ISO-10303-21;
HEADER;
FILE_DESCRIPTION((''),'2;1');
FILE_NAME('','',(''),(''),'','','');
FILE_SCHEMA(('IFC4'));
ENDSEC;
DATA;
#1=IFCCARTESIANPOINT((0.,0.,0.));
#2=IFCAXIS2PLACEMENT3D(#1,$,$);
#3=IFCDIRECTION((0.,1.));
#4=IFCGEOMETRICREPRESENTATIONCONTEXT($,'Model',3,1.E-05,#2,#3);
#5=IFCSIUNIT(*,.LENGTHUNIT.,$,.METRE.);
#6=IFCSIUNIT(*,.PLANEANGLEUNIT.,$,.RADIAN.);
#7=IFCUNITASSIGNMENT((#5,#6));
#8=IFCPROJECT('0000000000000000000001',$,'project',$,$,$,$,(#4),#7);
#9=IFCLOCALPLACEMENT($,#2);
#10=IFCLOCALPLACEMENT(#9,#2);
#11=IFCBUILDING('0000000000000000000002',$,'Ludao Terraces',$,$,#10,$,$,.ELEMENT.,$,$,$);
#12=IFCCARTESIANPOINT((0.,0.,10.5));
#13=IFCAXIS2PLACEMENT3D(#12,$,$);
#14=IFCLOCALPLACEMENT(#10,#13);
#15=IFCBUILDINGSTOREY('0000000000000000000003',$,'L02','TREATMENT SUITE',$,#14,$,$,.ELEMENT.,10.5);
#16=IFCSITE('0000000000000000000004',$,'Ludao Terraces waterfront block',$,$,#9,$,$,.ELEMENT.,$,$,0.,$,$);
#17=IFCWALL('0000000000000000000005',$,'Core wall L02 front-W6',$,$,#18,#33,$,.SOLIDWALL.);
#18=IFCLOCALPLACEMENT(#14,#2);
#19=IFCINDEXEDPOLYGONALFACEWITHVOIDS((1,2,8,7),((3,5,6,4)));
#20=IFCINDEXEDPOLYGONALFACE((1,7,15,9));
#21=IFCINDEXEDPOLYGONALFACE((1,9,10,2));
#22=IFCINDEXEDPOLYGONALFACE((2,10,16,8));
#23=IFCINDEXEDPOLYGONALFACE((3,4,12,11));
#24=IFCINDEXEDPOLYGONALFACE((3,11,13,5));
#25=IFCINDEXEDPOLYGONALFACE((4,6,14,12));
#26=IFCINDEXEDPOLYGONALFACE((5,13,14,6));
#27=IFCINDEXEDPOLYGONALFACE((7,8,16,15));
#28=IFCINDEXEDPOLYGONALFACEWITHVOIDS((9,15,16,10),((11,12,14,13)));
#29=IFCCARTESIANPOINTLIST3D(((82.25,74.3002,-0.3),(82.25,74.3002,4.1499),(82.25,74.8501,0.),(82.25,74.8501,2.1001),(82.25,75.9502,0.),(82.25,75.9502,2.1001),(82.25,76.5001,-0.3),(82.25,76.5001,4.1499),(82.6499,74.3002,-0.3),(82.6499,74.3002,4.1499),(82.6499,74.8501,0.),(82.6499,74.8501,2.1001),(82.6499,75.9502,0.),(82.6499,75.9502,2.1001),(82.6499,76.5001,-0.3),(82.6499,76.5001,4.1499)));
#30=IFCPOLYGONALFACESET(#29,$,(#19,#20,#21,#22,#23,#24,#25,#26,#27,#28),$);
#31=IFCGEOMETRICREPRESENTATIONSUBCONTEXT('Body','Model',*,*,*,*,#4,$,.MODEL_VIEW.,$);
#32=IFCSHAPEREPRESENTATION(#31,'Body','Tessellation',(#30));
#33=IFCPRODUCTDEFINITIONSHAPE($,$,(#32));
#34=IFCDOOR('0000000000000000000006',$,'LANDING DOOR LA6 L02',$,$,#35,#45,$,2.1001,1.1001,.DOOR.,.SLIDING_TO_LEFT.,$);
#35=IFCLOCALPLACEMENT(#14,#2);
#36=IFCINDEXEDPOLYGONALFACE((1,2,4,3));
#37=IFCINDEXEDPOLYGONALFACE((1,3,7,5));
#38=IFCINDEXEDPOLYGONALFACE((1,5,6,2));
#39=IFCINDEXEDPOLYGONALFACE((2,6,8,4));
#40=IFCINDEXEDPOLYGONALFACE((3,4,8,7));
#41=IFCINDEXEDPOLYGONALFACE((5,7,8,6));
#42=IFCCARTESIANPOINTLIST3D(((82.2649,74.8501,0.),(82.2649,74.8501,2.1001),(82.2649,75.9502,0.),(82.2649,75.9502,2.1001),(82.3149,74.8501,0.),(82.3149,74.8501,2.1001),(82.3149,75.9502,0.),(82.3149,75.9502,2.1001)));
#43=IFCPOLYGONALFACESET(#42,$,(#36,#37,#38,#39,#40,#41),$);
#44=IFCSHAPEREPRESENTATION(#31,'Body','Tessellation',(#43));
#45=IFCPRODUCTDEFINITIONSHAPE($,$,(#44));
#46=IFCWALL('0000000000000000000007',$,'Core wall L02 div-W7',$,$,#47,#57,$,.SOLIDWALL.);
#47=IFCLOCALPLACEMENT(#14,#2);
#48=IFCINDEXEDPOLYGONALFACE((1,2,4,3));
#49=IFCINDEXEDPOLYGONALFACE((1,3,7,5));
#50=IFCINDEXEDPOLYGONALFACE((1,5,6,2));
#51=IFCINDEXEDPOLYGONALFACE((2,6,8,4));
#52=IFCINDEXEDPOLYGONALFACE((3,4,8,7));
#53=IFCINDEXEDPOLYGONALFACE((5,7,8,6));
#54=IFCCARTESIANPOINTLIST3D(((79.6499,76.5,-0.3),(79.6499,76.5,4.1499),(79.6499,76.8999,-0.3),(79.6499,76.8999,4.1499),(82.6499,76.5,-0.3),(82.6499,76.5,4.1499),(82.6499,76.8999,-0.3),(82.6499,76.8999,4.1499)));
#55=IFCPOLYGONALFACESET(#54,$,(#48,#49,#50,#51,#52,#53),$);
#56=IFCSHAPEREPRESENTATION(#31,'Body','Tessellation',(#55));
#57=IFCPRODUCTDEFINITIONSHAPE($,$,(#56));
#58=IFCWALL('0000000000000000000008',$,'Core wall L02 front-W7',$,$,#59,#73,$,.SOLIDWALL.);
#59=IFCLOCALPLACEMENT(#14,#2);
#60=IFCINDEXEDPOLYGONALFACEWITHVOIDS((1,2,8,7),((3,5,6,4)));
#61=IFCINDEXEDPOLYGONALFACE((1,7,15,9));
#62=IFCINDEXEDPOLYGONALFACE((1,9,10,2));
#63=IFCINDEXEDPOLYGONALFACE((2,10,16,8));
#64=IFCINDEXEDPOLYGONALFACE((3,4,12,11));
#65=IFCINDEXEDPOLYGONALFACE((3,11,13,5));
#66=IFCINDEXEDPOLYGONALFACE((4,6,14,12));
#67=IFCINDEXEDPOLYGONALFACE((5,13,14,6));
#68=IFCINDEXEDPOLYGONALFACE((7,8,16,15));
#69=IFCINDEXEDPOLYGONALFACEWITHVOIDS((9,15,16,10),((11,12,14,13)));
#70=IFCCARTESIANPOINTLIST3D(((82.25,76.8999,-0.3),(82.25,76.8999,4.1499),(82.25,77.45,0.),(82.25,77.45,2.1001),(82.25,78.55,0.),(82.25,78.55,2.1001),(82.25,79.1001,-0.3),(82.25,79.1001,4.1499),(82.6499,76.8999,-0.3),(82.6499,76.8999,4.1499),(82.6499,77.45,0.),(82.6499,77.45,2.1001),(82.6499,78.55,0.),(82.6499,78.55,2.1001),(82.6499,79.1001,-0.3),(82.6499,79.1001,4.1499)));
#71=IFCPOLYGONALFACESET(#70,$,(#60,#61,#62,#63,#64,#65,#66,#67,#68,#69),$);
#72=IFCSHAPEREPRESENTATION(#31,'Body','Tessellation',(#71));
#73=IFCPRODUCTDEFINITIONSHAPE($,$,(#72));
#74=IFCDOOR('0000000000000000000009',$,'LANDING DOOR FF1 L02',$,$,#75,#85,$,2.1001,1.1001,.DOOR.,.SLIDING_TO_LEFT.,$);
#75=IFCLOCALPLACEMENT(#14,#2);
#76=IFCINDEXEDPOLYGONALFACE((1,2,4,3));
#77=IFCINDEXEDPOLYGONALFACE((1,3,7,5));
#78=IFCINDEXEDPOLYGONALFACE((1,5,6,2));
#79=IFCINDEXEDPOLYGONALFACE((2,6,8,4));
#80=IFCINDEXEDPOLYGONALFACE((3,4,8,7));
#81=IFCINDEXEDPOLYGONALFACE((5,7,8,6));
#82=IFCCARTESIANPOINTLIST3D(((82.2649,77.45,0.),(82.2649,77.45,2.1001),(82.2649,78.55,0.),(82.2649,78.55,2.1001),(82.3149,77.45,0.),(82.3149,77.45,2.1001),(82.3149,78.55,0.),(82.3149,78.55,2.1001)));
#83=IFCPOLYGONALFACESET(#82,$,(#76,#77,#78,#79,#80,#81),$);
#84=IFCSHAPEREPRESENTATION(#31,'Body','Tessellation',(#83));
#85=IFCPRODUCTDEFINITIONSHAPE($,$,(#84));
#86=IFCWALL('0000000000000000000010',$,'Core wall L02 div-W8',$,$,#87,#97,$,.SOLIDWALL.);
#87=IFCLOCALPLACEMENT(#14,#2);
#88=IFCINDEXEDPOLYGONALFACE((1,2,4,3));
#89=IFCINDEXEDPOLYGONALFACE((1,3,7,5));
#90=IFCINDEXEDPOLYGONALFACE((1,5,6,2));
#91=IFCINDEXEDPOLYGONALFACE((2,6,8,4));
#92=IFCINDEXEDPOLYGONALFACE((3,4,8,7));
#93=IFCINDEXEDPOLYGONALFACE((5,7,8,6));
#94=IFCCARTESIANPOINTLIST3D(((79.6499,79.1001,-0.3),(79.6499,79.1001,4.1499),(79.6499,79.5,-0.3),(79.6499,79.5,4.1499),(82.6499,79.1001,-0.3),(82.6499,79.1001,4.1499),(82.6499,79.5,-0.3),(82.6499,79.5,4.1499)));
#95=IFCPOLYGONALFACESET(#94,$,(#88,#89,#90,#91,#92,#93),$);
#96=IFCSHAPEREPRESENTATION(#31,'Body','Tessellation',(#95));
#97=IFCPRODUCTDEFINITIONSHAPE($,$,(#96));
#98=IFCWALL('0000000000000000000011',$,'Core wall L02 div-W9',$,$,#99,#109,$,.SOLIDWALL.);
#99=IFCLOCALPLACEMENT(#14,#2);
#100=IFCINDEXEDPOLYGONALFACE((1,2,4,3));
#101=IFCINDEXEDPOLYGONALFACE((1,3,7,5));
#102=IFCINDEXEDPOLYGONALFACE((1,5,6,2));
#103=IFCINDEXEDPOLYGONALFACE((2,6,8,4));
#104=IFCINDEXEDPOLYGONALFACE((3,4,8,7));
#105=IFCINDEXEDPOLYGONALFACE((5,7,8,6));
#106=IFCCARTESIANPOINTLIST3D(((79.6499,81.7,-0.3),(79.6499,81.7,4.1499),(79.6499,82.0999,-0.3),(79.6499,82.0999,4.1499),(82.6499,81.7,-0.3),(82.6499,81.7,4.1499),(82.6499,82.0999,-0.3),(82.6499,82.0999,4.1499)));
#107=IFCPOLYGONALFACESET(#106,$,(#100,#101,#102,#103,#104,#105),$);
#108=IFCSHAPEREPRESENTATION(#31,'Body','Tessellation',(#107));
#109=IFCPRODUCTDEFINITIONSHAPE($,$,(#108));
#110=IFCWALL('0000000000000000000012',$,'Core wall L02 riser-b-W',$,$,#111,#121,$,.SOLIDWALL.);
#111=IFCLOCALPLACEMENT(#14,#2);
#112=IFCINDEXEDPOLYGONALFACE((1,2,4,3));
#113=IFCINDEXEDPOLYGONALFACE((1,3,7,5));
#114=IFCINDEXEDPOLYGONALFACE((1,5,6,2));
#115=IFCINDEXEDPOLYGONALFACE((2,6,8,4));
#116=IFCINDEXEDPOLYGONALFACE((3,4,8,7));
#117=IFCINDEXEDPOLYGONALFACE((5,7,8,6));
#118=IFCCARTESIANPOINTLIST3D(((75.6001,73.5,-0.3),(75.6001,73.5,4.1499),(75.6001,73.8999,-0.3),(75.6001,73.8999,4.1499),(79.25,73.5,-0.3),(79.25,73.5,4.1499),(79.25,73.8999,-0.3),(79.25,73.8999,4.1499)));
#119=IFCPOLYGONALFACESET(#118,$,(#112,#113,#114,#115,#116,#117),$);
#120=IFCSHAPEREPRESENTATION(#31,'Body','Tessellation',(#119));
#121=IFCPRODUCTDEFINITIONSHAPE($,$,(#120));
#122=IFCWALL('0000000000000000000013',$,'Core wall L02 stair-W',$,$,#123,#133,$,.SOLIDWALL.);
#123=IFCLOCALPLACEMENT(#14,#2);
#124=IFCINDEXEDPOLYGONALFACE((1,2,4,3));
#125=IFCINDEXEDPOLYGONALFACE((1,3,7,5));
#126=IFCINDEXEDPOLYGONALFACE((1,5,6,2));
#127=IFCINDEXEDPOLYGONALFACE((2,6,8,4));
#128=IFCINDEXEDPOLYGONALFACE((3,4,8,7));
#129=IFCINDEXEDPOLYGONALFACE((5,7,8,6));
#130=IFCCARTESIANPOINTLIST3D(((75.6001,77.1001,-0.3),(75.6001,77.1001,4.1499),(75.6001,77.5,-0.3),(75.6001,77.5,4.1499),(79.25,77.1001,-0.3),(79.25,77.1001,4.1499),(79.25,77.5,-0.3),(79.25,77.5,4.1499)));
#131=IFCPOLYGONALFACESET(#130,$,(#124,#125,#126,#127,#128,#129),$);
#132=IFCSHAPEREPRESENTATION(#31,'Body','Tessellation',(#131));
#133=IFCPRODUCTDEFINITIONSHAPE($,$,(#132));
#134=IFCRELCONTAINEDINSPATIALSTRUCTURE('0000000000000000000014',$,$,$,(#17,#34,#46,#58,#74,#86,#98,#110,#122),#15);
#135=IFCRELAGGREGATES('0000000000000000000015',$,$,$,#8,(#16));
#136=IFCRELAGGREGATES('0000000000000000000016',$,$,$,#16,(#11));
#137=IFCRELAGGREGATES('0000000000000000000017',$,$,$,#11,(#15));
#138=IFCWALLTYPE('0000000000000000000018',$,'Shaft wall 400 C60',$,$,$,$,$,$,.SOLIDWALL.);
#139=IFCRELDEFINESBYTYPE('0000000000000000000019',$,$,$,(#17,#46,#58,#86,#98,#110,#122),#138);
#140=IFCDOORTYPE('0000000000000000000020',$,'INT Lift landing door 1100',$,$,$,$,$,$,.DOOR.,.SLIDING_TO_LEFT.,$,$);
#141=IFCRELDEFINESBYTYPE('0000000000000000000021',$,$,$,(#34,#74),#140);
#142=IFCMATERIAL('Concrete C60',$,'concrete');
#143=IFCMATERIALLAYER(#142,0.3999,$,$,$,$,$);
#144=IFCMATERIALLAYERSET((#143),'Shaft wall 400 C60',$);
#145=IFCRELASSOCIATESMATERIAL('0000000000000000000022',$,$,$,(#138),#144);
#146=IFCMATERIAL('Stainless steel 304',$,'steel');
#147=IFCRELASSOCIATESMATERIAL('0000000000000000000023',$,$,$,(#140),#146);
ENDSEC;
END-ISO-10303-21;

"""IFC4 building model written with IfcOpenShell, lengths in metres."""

from ifc_helpers import new_model, si_unit, direction, frame, frame_2d, origin, place, context, subcontext, project, spatial, rectangle, extrude, material, layer, layer_set, type_object, element, fill, save


model = new_model("IFC4")

# Units and contexts
model_context = context("Model", 3, precision=1e-05, world=origin(), true_north=direction((0.0, 1.0)))
body_context = subcontext(model_context, "Body", "Model", "MODEL_VIEW")
ifc_project = project(units=[si_unit("LENGTHUNIT", "METRE"), si_unit("PLANEANGLEUNIT", "RADIAN")], contexts=[model_context])

# Site, building, storey
site_placement = place(None, origin())
site = spatial("IfcSite", under=ifc_project, at=site_placement, Name="Ludao Terraces waterfront block", CompositionType="ELEMENT", RefElevation=0.0)
building_placement = place(site_placement, origin())
building = spatial("IfcBuilding", under=site, at=building_placement, Name="Ludao Terraces", CompositionType="ELEMENT")
storey_placement = place(building_placement, frame((0.0, 0.0, 10.5)))
storey = spatial("IfcBuildingStorey", under=building, at=storey_placement, Name="L02", Description="TREATMENT SUITE", CompositionType="ELEMENT", Elevation=10.5)

# Shared definitions
ifc_material_1 = material(Name="Concrete C60", Category="concrete")

# Shared definitions
ifc_layer_1 = layer(ifc_material_1, 0.3999)
ifc_layer_set_1 = layer_set([ifc_layer_1], Name="Shaft wall 400 C60")
wall_type_1 = type_object("IfcWallType", Name="Shaft wall 400 C60", PredefinedType="SOLIDWALL", material=ifc_layer_set_1)

# Shared definitions
ifc_material_2 = material(Name="Stainless steel 304", Category="steel")
door_type = type_object("IfcDoorType", Name="INT Lift landing door 1100", OperationType="SLIDING_TO_LEFT", PredefinedType="DOOR", material=ifc_material_2)

# Wall, opening, door
wall_1_placement = place(storey_placement, frame((82.45, 74.3, -0.3), z_axis=(0.0, 0.0, 1.0), x_axis=(0.0, 1.0, 0.0)))
wall_1 = element("IfcWall", 1, at=wall_1_placement, inside=storey, type_object=wall_type_1, Name="Core wall L02 front-W6", PredefinedType="SOLIDWALL", context=body_context, shape_type="SweptSolid", body=[
    extrude(rectangle(XDim=2.2, YDim=0.3999, at=frame_2d((1.1001, 0.0))), origin(), (0.0, 0.0, 1.0), 4.45),
])
opening_1_placement = place(wall_1_placement, frame((0.55, 0.0, 0.3)))
opening_1 = element("IfcOpeningElement", 2, at=opening_1_placement, cuts=wall_1, PredefinedType="OPENING", context=body_context, shape_type="SweptSolid", body=[
    extrude(rectangle(XDim=1.1001, YDim=2.1001, at=frame_2d((0.55, 1.05))), frame((0.0, 0.21, 0.0), z_axis=(0.0, -1.0, 0.0), x_axis=(1.0, 0.0, 0.0)), (0.0, 0.0, 1.0), 0.4199),
])
door_1_placement = place(opening_1_placement, origin())
door_1 = element("IfcDoor", 3, at=door_1_placement, inside=storey, type_object=door_type, Name="LANDING DOOR LA6 L02", OperationType="SLIDING_TO_LEFT", OverallHeight=2.1001, OverallWidth=1.1001, PredefinedType="DOOR", context=body_context, shape_type="SweptSolid", body=[
    extrude(rectangle(XDim=1.1001, YDim=2.1001, at=frame_2d((0.55, 1.05))), frame((0.0, 0.1851, 0.0), z_axis=(0.0, -1.0, 0.0), x_axis=(1.0, 0.0, 0.0)), (0.0, 0.0, 1.0), 0.05),
])
fill(opening_1, door_1)

# Wall
wall_2_placement = place(storey_placement, frame((79.6499, 76.7, -0.3), z_axis=(0.0, 0.0, 1.0), x_axis=(1.0, 0.0, 0.0)))
element("IfcWall", 4, at=wall_2_placement, inside=storey, type_object=wall_type_1, Name="Core wall L02 div-W7", PredefinedType="SOLIDWALL", context=body_context, shape_type="SweptSolid", body=[
    extrude(rectangle(XDim=3.0, YDim=0.3999, at=frame_2d((1.5, 0.0))), origin(), (0.0, 0.0, 1.0), 4.45),
])

# Wall, opening, door
wall_3_placement = place(storey_placement, frame((82.45, 76.8999, -0.3), z_axis=(0.0, 0.0, 1.0), x_axis=(0.0, 1.0, 0.0)))
wall_3 = element("IfcWall", 5, at=wall_3_placement, inside=storey, type_object=wall_type_1, Name="Core wall L02 front-W7", PredefinedType="SOLIDWALL", context=body_context, shape_type="SweptSolid", body=[
    extrude(rectangle(XDim=2.2002, YDim=0.3999, at=frame_2d((1.1001, 0.0))), origin(), (0.0, 0.0, 1.0), 4.45),
])
opening_2_placement = place(wall_3_placement, frame((0.55, 0.0, 0.3)))
opening_2 = element("IfcOpeningElement", 6, at=opening_2_placement, cuts=wall_3, PredefinedType="OPENING", context=body_context, shape_type="SweptSolid", body=[
    extrude(rectangle(XDim=1.1001, YDim=2.1001, at=frame_2d((0.55, 1.05))), frame((0.0, 0.21, 0.0), z_axis=(0.0, -1.0, 0.0), x_axis=(1.0, 0.0, 0.0)), (0.0, 0.0, 1.0), 0.4199),
])
door_2_placement = place(opening_2_placement, origin())
door_2 = element("IfcDoor", 7, at=door_2_placement, inside=storey, type_object=door_type, Name="LANDING DOOR FF1 L02", OperationType="SLIDING_TO_LEFT", OverallHeight=2.1001, OverallWidth=1.1001, PredefinedType="DOOR", context=body_context, shape_type="SweptSolid", body=[
    extrude(rectangle(XDim=1.1001, YDim=2.1001, at=frame_2d((0.55, 1.05))), frame((0.0, 0.1851, 0.0), z_axis=(0.0, -1.0, 0.0), x_axis=(1.0, 0.0, 0.0)), (0.0, 0.0, 1.0), 0.05),
])
fill(opening_2, door_2)

# Walls
for number, where, z_axis, x_axis, name in (
    (8, (79.6499, 79.3, -0.3), (0.0, 0.0, 1.0), (1.0, 0.0, 0.0), "Core wall L02 div-W8"),
    (9, (79.6499, 81.8999, -0.3), (0.0, 0.0, 1.0), (1.0, 0.0, 0.0), "Core wall L02 div-W9"),
):
    element("IfcWall", number, at=place(storey_placement, frame(where, z_axis=z_axis, x_axis=x_axis)), inside=storey, type_object=wall_type_1, Name=name, PredefinedType="SOLIDWALL", context=body_context, shape_type="SweptSolid", body=[
        extrude(rectangle(XDim=3.0, YDim=0.3999, at=frame_2d((1.5, 0.0))), origin(), (0.0, 0.0, 1.0), 4.45),
    ])
for number, where, z_axis, x_axis, name in (
    (10, (75.6001, 73.7, -0.3), (0.0, 0.0, 1.0), (1.0, 0.0, 0.0), "Core wall L02 riser-b-W"),
    (11, (75.6001, 77.3, -0.3), (0.0, 0.0, 1.0), (1.0, 0.0, 0.0), "Core wall L02 stair-W"),
):
    element("IfcWall", number, at=place(storey_placement, frame(where, z_axis=z_axis, x_axis=x_axis)), inside=storey, type_object=wall_type_1, Name=name, PredefinedType="SOLIDWALL", context=body_context, shape_type="SweptSolid", body=[
        extrude(rectangle(XDim=3.6499, YDim=0.3999, at=frame_2d((1.825, 0.0))), origin(), (0.0, 0.0, 1.0), 4.45),
    ])

save(model, "model.ifc")
